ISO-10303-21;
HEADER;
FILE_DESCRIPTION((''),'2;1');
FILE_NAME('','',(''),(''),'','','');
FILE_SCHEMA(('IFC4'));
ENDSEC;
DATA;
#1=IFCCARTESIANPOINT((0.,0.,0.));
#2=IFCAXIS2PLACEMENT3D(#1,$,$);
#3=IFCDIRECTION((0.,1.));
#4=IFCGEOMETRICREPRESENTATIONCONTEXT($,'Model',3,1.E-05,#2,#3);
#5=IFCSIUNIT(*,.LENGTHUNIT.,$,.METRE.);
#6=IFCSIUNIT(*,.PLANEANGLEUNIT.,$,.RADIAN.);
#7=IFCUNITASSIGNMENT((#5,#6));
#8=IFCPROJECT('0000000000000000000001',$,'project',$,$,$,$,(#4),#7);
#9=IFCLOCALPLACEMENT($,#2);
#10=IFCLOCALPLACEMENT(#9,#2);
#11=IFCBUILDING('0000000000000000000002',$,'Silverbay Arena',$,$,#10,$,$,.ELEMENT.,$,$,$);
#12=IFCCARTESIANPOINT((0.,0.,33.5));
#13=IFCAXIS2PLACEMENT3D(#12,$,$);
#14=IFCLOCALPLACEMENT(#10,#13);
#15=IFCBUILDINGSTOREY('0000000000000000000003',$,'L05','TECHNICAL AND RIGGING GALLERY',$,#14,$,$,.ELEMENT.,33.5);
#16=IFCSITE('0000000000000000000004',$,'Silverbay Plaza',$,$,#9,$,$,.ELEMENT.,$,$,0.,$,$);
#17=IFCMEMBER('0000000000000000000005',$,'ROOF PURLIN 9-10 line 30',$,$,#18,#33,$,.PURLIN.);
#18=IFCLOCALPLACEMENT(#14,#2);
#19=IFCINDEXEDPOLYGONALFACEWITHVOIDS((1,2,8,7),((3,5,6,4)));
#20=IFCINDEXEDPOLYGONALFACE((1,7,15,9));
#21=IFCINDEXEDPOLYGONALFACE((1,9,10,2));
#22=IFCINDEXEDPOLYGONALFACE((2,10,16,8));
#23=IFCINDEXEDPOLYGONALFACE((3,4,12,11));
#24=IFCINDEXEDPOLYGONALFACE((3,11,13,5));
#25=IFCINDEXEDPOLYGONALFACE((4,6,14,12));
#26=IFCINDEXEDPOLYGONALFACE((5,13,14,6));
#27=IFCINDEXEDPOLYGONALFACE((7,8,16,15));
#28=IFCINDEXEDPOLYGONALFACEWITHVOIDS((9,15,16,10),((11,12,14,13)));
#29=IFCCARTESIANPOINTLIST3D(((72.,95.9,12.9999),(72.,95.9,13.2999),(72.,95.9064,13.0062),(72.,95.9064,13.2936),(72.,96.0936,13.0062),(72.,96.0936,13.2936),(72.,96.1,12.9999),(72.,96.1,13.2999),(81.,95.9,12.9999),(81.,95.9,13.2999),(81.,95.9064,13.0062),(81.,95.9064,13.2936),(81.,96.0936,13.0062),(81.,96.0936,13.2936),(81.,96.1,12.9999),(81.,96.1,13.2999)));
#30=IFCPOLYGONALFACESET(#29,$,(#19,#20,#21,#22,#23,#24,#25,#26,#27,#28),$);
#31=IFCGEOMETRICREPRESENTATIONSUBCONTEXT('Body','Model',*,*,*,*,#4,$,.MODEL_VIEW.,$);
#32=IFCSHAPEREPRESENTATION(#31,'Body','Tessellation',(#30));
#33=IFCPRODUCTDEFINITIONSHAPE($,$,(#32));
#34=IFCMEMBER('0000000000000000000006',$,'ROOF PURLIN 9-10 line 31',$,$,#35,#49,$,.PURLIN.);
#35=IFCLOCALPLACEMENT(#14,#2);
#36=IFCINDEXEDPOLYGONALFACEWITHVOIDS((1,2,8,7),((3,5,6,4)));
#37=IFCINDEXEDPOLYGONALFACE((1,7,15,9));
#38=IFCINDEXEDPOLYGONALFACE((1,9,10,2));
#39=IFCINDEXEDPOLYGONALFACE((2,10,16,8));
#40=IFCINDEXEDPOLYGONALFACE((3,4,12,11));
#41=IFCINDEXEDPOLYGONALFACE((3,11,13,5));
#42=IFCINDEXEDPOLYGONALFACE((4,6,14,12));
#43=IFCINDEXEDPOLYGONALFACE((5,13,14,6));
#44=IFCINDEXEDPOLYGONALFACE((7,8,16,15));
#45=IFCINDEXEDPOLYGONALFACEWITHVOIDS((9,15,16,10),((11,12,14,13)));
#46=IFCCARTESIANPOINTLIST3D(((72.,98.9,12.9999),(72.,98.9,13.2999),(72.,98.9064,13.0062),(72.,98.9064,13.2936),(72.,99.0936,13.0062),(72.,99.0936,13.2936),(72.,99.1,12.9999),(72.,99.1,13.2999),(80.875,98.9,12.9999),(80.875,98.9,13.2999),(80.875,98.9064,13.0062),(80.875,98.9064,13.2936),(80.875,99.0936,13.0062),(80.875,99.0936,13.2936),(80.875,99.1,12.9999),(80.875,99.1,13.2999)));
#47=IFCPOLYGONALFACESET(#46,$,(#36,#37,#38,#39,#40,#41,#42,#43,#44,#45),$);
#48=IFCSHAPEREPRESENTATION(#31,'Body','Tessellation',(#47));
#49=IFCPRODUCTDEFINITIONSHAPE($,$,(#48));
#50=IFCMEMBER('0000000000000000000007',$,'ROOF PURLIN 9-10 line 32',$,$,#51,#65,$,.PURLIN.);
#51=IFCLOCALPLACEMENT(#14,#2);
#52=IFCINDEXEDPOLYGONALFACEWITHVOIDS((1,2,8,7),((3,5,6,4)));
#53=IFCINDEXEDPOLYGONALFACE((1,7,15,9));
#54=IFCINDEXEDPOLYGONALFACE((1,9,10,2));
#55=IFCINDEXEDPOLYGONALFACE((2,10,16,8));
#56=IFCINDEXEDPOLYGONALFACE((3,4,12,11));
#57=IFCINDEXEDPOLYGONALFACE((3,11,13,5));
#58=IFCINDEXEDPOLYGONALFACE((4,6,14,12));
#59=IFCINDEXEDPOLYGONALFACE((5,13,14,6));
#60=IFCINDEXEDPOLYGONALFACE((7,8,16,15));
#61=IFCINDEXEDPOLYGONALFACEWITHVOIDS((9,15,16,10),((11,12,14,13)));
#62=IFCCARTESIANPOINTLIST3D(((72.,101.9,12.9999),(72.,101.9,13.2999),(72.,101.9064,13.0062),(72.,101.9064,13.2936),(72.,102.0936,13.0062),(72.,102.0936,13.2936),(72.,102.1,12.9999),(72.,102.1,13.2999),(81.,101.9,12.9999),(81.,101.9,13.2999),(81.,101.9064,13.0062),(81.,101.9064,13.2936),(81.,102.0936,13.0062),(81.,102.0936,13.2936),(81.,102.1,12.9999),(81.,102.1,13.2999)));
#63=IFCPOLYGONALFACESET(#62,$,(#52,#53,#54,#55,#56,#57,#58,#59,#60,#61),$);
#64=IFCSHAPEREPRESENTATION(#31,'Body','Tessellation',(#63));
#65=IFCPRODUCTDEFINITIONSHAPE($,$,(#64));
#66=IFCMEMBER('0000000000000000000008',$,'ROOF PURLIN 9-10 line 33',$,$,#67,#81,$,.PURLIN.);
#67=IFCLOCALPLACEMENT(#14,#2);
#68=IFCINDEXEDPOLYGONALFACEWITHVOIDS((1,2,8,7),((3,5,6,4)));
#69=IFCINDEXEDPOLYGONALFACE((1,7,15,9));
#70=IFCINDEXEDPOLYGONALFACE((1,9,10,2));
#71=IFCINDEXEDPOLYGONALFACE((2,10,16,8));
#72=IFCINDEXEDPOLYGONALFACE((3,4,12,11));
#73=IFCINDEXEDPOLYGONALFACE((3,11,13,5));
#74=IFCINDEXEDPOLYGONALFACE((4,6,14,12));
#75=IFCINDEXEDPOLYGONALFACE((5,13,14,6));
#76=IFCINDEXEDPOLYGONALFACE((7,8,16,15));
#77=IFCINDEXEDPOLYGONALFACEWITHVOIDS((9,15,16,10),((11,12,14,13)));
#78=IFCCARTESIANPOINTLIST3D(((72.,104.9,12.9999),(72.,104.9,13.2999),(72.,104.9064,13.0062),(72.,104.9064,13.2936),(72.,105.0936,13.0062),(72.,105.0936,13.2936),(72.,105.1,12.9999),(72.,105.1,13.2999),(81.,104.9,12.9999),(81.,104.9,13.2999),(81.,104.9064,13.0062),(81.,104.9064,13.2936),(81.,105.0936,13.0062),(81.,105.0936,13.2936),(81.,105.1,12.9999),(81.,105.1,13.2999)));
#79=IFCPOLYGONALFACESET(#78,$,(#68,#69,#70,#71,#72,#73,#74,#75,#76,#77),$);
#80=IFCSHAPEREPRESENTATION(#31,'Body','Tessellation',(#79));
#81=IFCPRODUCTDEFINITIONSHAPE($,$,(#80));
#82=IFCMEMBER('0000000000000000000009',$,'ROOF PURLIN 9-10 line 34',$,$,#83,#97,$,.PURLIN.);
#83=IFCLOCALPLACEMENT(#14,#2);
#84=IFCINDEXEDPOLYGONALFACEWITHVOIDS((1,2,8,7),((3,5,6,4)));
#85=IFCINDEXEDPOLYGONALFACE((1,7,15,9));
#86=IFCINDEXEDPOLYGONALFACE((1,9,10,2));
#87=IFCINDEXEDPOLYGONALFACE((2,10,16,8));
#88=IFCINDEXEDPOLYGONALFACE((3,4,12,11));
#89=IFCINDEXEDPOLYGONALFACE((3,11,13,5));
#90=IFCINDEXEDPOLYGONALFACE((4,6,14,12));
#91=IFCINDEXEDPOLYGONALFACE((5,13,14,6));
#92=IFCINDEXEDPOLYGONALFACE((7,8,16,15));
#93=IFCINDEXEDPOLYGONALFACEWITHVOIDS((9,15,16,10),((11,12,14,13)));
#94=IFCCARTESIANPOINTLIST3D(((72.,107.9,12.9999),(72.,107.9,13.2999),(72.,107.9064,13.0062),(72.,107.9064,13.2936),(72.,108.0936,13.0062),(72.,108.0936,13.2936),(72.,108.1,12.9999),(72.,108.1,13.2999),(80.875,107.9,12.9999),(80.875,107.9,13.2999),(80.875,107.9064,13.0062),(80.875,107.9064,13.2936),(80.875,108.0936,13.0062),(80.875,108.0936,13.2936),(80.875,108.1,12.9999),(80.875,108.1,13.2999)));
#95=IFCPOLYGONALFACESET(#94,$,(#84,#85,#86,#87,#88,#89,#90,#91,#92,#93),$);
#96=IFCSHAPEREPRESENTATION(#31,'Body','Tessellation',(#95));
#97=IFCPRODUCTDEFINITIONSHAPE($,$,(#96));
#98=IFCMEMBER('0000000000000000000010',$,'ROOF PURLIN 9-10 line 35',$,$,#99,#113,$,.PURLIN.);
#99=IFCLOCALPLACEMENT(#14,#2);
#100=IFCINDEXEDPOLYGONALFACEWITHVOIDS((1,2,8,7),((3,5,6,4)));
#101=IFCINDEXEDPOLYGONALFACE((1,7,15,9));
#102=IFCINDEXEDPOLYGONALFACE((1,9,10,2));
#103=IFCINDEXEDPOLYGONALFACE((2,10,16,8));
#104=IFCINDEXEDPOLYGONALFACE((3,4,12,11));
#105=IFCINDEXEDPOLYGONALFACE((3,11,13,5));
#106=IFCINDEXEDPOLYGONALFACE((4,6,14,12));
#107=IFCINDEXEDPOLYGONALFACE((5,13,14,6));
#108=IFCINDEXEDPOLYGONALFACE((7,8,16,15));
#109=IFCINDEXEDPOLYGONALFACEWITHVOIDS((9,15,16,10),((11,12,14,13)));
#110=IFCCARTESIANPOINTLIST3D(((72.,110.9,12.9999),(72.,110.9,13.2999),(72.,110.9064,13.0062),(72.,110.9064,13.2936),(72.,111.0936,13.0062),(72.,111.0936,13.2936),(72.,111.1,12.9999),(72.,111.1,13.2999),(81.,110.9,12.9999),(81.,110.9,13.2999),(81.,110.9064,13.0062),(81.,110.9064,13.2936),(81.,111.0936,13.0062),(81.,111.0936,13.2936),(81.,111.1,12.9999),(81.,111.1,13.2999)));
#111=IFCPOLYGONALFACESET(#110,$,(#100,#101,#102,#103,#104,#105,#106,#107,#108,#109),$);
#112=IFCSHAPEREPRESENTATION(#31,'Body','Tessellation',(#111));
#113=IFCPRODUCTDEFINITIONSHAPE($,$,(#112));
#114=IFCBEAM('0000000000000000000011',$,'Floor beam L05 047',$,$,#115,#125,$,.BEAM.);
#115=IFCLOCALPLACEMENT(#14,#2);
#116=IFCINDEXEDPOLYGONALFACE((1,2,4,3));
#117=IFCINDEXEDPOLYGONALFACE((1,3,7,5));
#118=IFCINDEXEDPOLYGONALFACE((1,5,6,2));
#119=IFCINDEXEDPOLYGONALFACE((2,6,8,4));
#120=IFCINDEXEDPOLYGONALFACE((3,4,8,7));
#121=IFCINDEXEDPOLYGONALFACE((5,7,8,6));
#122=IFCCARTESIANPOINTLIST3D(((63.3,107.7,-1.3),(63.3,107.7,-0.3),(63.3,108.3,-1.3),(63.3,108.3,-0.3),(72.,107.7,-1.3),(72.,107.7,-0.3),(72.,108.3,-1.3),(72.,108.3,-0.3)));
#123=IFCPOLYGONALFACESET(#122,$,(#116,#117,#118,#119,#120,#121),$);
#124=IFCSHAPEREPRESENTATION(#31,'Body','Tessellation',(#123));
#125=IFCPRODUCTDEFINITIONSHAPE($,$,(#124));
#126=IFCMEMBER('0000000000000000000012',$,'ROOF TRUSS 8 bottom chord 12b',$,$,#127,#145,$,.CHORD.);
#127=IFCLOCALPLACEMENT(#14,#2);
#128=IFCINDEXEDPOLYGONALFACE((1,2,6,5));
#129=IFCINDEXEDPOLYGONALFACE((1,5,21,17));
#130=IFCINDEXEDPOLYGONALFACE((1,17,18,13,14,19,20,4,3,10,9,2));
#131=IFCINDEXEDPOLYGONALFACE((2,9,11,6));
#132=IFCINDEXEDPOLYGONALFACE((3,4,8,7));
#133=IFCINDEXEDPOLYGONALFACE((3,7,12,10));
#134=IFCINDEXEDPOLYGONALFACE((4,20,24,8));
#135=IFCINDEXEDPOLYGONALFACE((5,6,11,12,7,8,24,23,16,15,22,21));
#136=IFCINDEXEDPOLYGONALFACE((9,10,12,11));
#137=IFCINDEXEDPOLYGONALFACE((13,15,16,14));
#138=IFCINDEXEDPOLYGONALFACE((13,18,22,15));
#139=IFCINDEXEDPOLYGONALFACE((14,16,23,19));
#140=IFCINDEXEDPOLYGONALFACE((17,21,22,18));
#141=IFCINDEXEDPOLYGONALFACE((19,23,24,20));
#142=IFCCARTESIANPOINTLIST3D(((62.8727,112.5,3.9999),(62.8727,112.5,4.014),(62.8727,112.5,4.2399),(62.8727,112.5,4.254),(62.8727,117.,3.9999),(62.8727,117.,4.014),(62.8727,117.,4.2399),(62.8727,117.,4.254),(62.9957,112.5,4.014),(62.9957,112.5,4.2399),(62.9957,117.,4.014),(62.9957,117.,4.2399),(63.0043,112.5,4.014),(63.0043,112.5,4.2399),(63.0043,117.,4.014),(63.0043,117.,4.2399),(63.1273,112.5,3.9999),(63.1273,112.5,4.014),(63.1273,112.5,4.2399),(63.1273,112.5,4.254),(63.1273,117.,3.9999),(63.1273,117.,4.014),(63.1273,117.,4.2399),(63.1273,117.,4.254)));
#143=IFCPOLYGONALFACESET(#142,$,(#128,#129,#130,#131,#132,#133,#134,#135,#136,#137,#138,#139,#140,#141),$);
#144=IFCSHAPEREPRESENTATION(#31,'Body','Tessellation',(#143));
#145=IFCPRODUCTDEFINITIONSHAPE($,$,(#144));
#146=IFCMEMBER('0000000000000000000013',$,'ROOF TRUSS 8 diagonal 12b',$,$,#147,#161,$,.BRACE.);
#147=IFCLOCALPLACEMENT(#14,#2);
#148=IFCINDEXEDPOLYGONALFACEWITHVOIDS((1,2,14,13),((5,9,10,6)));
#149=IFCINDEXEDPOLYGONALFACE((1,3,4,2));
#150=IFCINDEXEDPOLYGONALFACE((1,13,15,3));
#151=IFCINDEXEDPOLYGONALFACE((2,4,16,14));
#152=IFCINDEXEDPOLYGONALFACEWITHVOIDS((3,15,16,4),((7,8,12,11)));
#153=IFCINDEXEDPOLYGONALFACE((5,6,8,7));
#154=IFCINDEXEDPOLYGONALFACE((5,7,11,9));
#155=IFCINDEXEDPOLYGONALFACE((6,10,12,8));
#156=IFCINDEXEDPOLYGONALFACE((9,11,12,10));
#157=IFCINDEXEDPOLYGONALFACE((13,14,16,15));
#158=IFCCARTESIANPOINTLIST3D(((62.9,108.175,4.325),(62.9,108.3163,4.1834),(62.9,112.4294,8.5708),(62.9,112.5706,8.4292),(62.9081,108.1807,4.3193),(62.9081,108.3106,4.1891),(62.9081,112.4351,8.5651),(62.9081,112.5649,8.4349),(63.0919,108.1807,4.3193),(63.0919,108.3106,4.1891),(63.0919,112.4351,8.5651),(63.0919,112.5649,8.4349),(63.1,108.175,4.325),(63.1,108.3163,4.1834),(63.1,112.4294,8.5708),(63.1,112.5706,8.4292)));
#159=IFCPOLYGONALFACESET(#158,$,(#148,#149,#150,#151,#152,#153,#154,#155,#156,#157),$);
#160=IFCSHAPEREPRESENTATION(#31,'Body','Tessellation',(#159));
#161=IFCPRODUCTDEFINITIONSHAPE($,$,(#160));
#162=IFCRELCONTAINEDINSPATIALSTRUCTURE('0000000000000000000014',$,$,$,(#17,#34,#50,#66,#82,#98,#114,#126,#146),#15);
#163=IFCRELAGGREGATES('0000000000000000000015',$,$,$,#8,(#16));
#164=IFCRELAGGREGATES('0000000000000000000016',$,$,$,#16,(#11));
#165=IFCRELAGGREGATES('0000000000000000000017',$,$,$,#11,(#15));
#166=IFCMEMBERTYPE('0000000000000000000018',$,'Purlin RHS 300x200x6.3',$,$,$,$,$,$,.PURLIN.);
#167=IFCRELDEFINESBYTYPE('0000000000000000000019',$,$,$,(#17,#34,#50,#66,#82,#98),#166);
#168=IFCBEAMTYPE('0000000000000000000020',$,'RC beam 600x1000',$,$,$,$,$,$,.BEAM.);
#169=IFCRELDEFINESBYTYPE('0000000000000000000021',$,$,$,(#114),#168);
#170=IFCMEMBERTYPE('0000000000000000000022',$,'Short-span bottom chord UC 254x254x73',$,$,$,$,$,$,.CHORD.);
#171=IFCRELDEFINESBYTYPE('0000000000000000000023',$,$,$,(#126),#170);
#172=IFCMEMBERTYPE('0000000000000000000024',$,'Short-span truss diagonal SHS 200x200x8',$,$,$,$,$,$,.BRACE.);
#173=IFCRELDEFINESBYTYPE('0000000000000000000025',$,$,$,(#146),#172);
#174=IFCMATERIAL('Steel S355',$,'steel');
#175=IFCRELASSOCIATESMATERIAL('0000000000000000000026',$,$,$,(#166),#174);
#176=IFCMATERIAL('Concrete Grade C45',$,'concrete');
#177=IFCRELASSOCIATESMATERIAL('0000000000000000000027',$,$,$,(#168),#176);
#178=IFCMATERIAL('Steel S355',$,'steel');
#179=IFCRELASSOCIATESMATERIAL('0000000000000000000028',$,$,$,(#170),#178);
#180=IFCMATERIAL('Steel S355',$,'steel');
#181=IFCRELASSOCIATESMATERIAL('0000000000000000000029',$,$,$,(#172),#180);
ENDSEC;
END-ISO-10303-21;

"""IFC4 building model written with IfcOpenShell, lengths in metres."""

from ifc_helpers import new_model, si_unit, direction, frame, origin, origin_2d, place, context, subcontext, project, spatial, rectangle, hollow_rectangle, i_section, extrude, material, material_profile, profile_set, type_object, element, save


model = new_model("IFC4")

# Units and contexts
model_context = context("Model", 3, precision=1e-05, world=origin(), true_north=direction((0.0, 1.0)))
body_context = subcontext(model_context, "Body", "Model", "MODEL_VIEW")
ifc_project = project(units=[si_unit("LENGTHUNIT", "METRE"), si_unit("PLANEANGLEUNIT", "RADIAN")], contexts=[model_context])

# Site, building, storey
site_placement = place(None, origin())
site = spatial("IfcSite", under=ifc_project, at=site_placement, Name="Silverbay Plaza", CompositionType="ELEMENT", RefElevation=0.0)
building_placement = place(site_placement, origin())
building = spatial("IfcBuilding", under=site, at=building_placement, Name="Silverbay Arena", CompositionType="ELEMENT")
storey_placement = place(building_placement, frame((0.0, 0.0, 33.5)))
storey = spatial("IfcBuildingStorey", under=building, at=storey_placement, Name="L05", Description="TECHNICAL AND RIGGING GALLERY", CompositionType="ELEMENT", Elevation=33.5)

# Members
ifc_material_1 = material(Name="Steel S355", Category="steel")
ifc_material_profile_1 = material_profile(ifc_material_1, hollow_rectangle(XDim=0.2, YDim=0.3, WallThickness=0.0063, at=origin_2d()), Name="RHS 300x200x6.3")
ifc_profile_set_1 = profile_set([ifc_material_profile_1], Name="Steel S355")
member_type_1 = type_object("IfcMemberType", Name="Purlin RHS 300x200x6.3", PredefinedType="PURLIN", material=ifc_profile_set_1)
member_1_placement = place(storey_placement, frame((72.0, 96.0, 13.1499), z_axis=(1.0, 0.0, 0.0), x_axis=(0.0, 1.0, 0.0)))
element("IfcMember", 1, at=member_1_placement, inside=storey, type_object=member_type_1, Name="ROOF PURLIN 9-10 line 30", PredefinedType="PURLIN", context=body_context, shape_type="SweptSolid", body=[
    extrude(hollow_rectangle(XDim=0.2, YDim=0.3, WallThickness=0.0063, at=origin_2d()), origin(), (0.0, 0.0, 1.0), 9.0),
])
member_2_placement = place(storey_placement, frame((72.0, 99.0, 13.1499), z_axis=(1.0, 0.0, 0.0), x_axis=(0.0, 1.0, 0.0)))
element("IfcMember", 2, at=member_2_placement, inside=storey, type_object=member_type_1, Name="ROOF PURLIN 9-10 line 31", PredefinedType="PURLIN", context=body_context, shape_type="SweptSolid", body=[
    extrude(hollow_rectangle(XDim=0.2, YDim=0.3, WallThickness=0.0063, at=origin_2d()), origin(), (0.0, 0.0, 1.0), 8.875),
])
for number, where, z_axis, x_axis, name in (
    (3, (72.0, 102.0, 13.1499), (1.0, 0.0, 0.0), (0.0, 1.0, 0.0), "ROOF PURLIN 9-10 line 32"),
    (4, (72.0, 105.0, 13.1499), (1.0, 0.0, 0.0), (0.0, 1.0, 0.0), "ROOF PURLIN 9-10 line 33"),
):
    element("IfcMember", number, at=place(storey_placement, frame(where, z_axis=z_axis, x_axis=x_axis)), inside=storey, type_object=member_type_1, Name=name, PredefinedType="PURLIN", context=body_context, shape_type="SweptSolid", body=[
        extrude(hollow_rectangle(XDim=0.2, YDim=0.3, WallThickness=0.0063, at=origin_2d()), origin(), (0.0, 0.0, 1.0), 9.0),
    ])
member_3_placement = place(storey_placement, frame((72.0, 108.0, 13.1499), z_axis=(1.0, 0.0, 0.0), x_axis=(0.0, 1.0, 0.0)))
element("IfcMember", 5, at=member_3_placement, inside=storey, type_object=member_type_1, Name="ROOF PURLIN 9-10 line 34", PredefinedType="PURLIN", context=body_context, shape_type="SweptSolid", body=[
    extrude(hollow_rectangle(XDim=0.2, YDim=0.3, WallThickness=0.0063, at=origin_2d()), origin(), (0.0, 0.0, 1.0), 8.875),
])
member_4_placement = place(storey_placement, frame((72.0, 111.0, 13.1499), z_axis=(1.0, 0.0, 0.0), x_axis=(0.0, 1.0, 0.0)))
element("IfcMember", 6, at=member_4_placement, inside=storey, type_object=member_type_1, Name="ROOF PURLIN 9-10 line 35", PredefinedType="PURLIN", context=body_context, shape_type="SweptSolid", body=[
    extrude(hollow_rectangle(XDim=0.2, YDim=0.3, WallThickness=0.0063, at=origin_2d()), origin(), (0.0, 0.0, 1.0), 9.0),
])

# Beam
ifc_material_2 = material(Name="Concrete Grade C45", Category="concrete")
ifc_material_profile_2 = material_profile(ifc_material_2, rectangle(XDim=0.6001, YDim=1.0, at=origin_2d()), Name="RC 600x1000")
ifc_profile_set_2 = profile_set([ifc_material_profile_2], Name="Concrete Grade C45")
beam_type = type_object("IfcBeamType", Name="RC beam 600x1000", PredefinedType="BEAM", material=ifc_profile_set_2)
beam_placement = place(storey_placement, frame((63.3, 108.0, -0.8), z_axis=(1.0, 0.0, 0.0), x_axis=(0.0, 1.0, 0.0)))
element("IfcBeam", 7, at=beam_placement, inside=storey, type_object=beam_type, Name="Floor beam L05 047", PredefinedType="BEAM", context=body_context, shape_type="SweptSolid", body=[
    extrude(rectangle(XDim=0.6001, YDim=1.0, at=origin_2d()), origin(), (0.0, 0.0, 1.0), 8.7),
])

# Members
ifc_material_3 = material(Name="Steel S355", Category="steel")
ifc_material_profile_3 = material_profile(ifc_material_3, i_section(OverallWidth=0.2546, OverallDepth=0.2542, WebThickness=0.0085, FlangeThickness=0.0142, at=origin_2d()), Name="UC 254x254x73")
ifc_profile_set_3 = profile_set([ifc_material_profile_3], Name="Steel S355")
member_type_2 = type_object("IfcMemberType", Name="Short-span bottom chord UC 254x254x73", PredefinedType="CHORD", material=ifc_profile_set_3)
member_5_placement = place(storey_placement, frame((63.0, 112.5, 4.127), z_axis=(0.0, 1.0, 0.0), x_axis=(-1.0, 0.0, 0.0)))
element("IfcMember", 8, at=member_5_placement, inside=storey, type_object=member_type_2, Name="ROOF TRUSS 8 bottom chord 12b", PredefinedType="CHORD", context=body_context, shape_type="SweptSolid", body=[
    extrude(i_section(OverallWidth=0.2546, OverallDepth=0.2542, WebThickness=0.0085, FlangeThickness=0.0142, at=origin_2d()), origin(), (0.0, 0.0, 1.0), 4.5),
])
ifc_material_4 = material(Name="Steel S355", Category="steel")
ifc_material_profile_4 = material_profile(ifc_material_4, hollow_rectangle(XDim=0.2, YDim=0.2, WallThickness=0.0081, at=origin_2d()), Name="SHS 200x200x8")
ifc_profile_set_4 = profile_set([ifc_material_profile_4], Name="Steel S355")
member_type_3 = type_object("IfcMemberType", Name="Short-span truss diagonal SHS 200x200x8", PredefinedType="BRACE", material=ifc_profile_set_4)
member_6_placement = place(storey_placement, frame((63.0, 112.5, 8.5), z_axis=(0.0, -0.707817, -0.706396), x_axis=(1.0, 0.0, 0.0)))
element("IfcMember", 9, at=member_6_placement, inside=storey, type_object=member_type_3, Name="ROOF TRUSS 8 diagonal 12b", PredefinedType="BRACE", context=body_context, shape_type="SweptSolid", body=[
    extrude(hollow_rectangle(XDim=0.2, YDim=0.2, WallThickness=0.0081, at=origin_2d()), origin(), (0.0, 0.0, 1.0), 6.0105),
])

save(model, "model.ifc")
